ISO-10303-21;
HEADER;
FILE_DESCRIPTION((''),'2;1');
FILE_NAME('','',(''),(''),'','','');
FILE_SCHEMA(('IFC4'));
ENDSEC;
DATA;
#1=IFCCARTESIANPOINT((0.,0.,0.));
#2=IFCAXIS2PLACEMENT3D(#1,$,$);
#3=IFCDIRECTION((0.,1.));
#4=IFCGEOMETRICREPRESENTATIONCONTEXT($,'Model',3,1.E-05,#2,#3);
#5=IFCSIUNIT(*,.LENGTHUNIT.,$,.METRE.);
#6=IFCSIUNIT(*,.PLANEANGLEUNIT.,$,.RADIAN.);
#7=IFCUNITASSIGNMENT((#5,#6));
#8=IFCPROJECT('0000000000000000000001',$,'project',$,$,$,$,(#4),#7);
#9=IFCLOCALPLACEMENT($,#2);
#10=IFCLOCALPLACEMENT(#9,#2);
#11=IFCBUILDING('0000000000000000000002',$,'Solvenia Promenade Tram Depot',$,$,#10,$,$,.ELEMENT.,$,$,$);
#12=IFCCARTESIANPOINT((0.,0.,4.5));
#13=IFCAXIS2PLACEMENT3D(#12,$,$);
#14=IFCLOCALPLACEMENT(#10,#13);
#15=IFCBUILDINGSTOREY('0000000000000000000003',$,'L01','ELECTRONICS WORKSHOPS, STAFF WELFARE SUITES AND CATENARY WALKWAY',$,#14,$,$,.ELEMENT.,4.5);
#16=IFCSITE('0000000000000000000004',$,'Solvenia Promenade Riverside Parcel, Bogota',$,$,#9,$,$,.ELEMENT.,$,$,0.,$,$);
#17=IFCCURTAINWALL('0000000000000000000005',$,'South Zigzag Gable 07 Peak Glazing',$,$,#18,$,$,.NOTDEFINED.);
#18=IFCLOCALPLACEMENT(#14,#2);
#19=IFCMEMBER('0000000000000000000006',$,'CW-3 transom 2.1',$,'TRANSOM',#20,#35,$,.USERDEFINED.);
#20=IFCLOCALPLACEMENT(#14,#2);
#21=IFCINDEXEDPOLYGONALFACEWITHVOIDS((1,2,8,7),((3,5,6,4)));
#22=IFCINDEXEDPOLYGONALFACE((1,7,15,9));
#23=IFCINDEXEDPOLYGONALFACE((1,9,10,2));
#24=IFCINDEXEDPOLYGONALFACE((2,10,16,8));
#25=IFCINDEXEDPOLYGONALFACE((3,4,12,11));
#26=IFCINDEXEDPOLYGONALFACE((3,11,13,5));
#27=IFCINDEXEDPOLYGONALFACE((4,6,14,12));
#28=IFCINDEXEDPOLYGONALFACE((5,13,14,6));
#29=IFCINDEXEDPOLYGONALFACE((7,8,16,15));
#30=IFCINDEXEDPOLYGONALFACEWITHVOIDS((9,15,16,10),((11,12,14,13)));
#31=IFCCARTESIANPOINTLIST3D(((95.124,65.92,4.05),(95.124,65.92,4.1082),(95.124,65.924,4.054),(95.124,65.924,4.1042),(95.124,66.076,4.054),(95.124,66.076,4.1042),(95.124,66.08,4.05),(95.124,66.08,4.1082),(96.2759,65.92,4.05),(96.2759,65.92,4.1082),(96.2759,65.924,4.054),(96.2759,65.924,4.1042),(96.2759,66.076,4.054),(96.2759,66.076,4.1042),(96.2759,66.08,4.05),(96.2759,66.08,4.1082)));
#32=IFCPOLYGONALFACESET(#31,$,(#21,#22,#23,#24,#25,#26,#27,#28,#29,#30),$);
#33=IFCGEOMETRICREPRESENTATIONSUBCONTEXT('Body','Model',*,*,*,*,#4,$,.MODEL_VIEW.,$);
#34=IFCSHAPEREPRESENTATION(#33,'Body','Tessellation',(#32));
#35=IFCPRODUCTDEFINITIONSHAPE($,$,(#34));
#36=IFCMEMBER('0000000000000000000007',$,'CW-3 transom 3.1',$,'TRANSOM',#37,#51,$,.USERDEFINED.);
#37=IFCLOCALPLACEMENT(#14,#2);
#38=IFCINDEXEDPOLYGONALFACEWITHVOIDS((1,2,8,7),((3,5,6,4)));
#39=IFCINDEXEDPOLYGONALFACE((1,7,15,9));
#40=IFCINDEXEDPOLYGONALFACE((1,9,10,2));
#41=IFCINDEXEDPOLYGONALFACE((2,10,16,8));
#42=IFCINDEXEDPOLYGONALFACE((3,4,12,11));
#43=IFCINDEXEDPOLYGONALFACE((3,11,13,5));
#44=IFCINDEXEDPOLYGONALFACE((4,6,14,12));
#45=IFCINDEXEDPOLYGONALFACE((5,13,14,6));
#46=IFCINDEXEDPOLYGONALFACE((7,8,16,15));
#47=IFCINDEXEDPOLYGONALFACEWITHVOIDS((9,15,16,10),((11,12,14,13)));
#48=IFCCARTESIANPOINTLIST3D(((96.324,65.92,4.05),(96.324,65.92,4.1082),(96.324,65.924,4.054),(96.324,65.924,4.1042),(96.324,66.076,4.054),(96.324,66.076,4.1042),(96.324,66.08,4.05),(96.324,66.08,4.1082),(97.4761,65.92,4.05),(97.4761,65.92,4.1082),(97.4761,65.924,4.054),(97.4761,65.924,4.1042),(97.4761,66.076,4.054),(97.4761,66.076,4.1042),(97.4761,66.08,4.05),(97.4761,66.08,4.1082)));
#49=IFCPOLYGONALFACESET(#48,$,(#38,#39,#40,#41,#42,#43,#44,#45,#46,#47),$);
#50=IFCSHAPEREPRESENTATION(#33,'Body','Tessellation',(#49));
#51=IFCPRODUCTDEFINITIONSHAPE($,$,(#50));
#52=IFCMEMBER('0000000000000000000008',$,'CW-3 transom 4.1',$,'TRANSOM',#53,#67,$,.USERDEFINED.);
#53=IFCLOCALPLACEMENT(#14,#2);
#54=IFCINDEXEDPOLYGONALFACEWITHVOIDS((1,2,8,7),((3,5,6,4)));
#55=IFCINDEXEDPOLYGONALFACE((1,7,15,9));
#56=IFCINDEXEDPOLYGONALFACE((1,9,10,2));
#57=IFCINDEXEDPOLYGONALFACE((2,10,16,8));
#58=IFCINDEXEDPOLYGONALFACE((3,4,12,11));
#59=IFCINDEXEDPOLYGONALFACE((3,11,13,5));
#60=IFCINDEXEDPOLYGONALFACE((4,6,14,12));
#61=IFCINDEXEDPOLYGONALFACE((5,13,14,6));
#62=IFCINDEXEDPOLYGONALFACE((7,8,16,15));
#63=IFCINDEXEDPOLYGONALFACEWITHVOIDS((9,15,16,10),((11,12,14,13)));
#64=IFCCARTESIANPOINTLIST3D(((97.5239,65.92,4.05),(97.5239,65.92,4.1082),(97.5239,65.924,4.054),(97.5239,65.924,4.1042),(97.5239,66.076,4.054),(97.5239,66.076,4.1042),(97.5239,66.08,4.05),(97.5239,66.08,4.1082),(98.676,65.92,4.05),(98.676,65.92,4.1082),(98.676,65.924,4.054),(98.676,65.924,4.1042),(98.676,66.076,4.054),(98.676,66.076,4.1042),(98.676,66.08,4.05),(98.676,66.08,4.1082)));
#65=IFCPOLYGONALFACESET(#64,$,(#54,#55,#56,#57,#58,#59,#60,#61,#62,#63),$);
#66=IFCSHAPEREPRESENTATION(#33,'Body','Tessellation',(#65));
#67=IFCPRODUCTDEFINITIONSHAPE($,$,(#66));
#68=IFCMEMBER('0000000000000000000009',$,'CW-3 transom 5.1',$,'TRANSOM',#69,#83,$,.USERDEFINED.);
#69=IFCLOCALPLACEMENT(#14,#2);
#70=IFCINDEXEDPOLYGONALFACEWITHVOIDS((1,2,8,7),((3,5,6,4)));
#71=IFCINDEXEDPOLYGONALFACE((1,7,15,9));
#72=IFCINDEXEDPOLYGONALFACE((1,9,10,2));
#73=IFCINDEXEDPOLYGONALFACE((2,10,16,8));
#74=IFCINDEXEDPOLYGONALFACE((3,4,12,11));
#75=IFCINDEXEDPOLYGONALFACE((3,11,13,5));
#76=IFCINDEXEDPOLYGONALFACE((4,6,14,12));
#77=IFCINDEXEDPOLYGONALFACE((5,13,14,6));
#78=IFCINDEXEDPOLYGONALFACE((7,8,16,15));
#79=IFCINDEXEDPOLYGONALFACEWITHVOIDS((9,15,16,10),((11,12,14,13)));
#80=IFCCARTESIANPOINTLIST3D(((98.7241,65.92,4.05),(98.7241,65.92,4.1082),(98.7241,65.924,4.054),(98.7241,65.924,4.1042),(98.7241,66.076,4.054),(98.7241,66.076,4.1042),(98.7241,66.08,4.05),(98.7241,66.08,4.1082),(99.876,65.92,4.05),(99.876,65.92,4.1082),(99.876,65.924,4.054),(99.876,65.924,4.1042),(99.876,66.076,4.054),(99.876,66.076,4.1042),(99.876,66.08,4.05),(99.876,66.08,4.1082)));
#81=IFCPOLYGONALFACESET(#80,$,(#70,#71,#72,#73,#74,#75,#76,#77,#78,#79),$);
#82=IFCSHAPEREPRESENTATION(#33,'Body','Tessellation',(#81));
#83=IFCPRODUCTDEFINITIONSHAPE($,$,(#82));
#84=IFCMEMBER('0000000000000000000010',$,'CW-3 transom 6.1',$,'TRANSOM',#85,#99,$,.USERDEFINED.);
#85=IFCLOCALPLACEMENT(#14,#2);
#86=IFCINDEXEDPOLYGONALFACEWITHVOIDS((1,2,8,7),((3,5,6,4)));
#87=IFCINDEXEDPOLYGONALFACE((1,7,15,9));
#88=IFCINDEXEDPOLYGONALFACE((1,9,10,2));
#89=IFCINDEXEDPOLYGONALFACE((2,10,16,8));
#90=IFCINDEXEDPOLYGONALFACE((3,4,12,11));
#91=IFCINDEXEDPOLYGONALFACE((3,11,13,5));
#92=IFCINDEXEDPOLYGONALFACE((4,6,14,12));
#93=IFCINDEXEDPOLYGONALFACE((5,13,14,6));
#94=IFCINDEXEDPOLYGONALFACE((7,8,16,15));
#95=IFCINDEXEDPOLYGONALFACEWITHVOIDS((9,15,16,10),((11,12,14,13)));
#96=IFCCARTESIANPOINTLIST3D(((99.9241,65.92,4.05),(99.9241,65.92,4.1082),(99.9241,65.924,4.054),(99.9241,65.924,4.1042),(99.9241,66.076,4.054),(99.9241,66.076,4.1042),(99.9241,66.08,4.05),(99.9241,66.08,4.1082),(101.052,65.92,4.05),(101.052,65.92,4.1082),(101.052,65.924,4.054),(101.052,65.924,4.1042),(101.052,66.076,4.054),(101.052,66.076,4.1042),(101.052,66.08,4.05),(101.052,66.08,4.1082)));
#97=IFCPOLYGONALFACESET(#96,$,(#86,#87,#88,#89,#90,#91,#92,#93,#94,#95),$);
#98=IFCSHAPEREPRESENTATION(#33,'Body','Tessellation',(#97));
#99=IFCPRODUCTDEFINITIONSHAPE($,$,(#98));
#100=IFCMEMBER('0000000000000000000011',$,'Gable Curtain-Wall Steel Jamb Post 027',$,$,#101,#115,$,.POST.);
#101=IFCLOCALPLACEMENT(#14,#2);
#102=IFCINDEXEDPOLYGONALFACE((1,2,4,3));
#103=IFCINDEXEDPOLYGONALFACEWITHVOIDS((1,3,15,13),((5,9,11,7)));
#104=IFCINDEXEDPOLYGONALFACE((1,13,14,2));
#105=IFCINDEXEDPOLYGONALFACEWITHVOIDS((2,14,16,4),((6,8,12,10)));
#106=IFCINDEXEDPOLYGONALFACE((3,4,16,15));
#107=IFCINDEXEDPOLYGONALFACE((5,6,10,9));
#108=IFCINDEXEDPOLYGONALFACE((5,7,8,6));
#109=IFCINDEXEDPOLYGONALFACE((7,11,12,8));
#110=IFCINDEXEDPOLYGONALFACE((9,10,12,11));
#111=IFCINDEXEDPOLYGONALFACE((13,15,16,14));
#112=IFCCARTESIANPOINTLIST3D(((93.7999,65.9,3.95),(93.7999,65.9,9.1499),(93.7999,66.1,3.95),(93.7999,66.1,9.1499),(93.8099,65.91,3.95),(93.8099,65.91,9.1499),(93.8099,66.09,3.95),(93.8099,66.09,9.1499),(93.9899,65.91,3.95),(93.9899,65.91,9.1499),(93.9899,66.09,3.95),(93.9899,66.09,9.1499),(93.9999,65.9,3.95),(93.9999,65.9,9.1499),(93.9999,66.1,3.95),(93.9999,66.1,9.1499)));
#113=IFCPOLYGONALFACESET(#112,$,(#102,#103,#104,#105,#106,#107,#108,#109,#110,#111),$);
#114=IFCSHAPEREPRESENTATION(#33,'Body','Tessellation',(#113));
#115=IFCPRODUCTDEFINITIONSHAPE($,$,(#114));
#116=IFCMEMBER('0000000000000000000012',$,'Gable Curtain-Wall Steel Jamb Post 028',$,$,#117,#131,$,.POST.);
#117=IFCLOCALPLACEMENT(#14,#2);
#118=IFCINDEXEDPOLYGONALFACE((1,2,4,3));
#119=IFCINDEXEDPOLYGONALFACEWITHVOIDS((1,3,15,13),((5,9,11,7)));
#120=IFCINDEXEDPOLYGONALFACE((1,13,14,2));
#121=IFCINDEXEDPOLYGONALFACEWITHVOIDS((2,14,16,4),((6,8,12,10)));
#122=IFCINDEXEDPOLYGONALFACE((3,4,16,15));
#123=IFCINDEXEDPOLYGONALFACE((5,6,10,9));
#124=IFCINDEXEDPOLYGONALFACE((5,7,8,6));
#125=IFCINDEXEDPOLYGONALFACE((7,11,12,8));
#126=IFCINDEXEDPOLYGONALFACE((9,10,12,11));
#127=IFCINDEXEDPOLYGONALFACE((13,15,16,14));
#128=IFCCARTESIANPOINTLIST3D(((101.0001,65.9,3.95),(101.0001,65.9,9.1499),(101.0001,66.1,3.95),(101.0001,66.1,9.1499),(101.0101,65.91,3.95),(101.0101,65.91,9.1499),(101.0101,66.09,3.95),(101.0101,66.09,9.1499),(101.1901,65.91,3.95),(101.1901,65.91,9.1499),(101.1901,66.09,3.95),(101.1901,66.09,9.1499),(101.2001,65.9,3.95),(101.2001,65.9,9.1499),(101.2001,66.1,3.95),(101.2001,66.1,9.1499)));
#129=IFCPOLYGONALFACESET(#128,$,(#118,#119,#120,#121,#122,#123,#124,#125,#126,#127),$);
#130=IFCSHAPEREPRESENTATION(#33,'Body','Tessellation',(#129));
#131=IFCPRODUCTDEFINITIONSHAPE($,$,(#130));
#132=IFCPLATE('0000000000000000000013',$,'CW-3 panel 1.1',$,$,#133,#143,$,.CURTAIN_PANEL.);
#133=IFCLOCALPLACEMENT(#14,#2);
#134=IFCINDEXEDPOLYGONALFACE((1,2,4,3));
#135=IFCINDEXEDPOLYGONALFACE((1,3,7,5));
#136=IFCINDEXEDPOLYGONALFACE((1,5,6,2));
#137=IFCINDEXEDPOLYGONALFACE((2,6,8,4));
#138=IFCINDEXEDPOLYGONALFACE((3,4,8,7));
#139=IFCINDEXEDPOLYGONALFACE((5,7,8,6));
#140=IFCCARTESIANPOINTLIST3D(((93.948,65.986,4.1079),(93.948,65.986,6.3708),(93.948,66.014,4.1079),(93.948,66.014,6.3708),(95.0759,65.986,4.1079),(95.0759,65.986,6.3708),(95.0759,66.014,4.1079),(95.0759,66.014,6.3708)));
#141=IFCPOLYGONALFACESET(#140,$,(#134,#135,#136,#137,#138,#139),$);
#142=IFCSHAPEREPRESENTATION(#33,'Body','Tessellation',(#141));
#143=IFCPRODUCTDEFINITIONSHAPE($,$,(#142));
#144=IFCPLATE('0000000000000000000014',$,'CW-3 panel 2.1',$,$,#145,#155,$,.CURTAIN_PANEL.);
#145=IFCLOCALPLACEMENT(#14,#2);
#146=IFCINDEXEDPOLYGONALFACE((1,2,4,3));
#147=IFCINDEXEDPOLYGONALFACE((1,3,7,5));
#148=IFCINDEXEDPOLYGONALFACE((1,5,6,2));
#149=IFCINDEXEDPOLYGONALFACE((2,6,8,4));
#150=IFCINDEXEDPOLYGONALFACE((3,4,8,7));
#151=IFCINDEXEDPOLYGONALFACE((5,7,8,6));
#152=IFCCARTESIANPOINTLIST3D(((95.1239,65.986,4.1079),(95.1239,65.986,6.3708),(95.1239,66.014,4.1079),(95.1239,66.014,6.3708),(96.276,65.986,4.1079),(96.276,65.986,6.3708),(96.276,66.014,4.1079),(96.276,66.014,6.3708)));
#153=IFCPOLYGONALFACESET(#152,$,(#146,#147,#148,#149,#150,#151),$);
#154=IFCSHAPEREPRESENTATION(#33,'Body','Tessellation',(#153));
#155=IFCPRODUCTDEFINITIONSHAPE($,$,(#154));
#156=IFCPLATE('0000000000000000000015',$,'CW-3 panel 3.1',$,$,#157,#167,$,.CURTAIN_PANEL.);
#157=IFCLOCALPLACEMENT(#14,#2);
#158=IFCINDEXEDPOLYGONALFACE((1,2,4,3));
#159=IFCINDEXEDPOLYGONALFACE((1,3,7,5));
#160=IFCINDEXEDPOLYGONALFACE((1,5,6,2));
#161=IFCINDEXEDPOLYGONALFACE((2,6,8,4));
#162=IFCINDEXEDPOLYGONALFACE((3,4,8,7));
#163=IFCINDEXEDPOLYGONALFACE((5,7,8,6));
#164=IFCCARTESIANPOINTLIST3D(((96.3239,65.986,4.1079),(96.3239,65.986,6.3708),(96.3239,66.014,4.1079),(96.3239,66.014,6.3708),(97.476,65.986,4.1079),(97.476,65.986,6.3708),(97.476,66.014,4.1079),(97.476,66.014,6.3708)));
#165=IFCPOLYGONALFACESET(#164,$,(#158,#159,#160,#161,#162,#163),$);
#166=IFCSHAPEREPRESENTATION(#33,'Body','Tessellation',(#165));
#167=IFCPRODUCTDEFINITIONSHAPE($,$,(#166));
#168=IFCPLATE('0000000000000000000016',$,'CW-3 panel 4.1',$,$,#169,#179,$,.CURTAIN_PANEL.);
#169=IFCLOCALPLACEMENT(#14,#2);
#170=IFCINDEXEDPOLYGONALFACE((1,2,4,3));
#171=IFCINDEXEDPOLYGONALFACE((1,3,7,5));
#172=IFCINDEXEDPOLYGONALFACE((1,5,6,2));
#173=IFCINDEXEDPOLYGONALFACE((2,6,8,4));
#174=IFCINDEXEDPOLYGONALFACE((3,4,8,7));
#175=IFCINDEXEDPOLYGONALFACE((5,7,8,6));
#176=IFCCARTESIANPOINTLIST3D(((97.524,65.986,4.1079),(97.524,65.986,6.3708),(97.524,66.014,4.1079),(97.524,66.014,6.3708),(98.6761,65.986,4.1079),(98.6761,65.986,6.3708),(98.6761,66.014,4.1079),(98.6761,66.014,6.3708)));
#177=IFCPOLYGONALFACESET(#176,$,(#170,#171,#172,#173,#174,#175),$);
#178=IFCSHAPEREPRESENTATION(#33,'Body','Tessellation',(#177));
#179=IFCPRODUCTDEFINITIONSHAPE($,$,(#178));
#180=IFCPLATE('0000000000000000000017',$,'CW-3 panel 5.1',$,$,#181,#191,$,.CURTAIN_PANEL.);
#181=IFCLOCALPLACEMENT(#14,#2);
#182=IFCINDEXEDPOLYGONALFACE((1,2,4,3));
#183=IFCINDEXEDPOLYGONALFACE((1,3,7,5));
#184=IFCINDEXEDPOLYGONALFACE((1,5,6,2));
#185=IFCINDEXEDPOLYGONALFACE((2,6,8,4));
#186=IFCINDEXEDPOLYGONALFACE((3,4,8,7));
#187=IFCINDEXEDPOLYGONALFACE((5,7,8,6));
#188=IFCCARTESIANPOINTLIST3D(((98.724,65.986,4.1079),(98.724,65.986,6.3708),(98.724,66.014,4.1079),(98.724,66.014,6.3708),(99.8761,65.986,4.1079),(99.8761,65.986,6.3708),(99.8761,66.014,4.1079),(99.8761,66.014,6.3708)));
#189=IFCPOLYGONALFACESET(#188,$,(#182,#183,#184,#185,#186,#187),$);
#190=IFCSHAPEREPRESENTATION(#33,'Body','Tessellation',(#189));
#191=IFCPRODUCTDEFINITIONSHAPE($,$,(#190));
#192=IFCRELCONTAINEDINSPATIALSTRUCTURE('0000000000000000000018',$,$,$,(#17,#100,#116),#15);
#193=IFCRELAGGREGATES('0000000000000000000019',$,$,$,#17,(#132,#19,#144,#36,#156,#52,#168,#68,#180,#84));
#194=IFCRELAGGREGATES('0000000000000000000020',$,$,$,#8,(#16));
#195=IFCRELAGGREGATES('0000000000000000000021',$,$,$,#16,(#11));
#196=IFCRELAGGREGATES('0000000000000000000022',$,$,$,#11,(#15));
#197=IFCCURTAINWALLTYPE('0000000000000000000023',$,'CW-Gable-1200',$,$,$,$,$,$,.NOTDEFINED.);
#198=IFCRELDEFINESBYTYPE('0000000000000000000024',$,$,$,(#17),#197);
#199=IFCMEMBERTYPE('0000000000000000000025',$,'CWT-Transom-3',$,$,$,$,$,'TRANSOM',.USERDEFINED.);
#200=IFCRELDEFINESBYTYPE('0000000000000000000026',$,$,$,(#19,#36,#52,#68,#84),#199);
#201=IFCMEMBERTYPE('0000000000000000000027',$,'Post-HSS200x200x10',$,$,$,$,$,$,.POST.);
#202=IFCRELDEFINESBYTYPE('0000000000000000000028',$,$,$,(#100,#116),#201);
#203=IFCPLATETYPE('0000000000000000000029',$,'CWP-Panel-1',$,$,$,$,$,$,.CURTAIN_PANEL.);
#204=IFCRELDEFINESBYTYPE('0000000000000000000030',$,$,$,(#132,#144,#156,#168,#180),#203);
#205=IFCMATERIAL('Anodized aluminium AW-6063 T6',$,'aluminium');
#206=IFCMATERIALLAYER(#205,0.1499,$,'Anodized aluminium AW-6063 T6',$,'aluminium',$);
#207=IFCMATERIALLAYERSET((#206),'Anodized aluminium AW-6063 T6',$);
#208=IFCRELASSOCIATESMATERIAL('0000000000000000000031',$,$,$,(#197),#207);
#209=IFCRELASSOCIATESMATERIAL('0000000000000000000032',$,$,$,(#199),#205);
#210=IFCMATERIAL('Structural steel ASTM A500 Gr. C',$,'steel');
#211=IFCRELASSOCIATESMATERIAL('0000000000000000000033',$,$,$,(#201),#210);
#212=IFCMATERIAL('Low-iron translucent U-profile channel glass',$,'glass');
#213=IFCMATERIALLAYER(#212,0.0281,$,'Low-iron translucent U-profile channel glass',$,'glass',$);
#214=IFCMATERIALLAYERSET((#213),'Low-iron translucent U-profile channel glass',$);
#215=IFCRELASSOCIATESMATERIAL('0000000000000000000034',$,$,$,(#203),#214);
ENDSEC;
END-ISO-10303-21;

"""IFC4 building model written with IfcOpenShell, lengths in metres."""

from ifc_helpers import new_model, si_unit, direction, frame, origin, origin_2d, place, context, subcontext, project, spatial, rectangle, hollow_rectangle, extrude, material, layer, layer_set, material_profile, profile_set, type_object, element, aggregate, save


model = new_model("IFC4")

# Units and contexts
model_context = context("Model", 3, precision=1e-05, world=origin(), true_north=direction((0.0, 1.0)))
body_context = subcontext(model_context, "Body", "Model", "MODEL_VIEW")
ifc_project = project(units=[si_unit("LENGTHUNIT", "METRE"), si_unit("PLANEANGLEUNIT", "RADIAN")], contexts=[model_context])

# Site, building, storey
site_placement = place(None, origin())
site = spatial("IfcSite", under=ifc_project, at=site_placement, Name="Solvenia Promenade Riverside Parcel, Bogota", CompositionType="ELEMENT", RefElevation=0.0)
building_placement = place(site_placement, origin())
building = spatial("IfcBuilding", under=site, at=building_placement, Name="Solvenia Promenade Tram Depot", CompositionType="ELEMENT")
storey_placement = place(building_placement, frame((0.0, 0.0, 4.5)))
storey = spatial("IfcBuildingStorey", under=building, at=storey_placement, Name="L01", Description="ELECTRONICS WORKSHOPS, STAFF WELFARE SUITES AND CATENARY WALKWAY", CompositionType="ELEMENT", Elevation=4.5)

# Curtain wall
ifc_material_1 = material(Name="Anodized aluminium AW-6063 T6", Category="aluminium")
ifc_layer_1 = layer(ifc_material_1, 0.1499, Name="Anodized aluminium AW-6063 T6", Category="aluminium")
ifc_layer_set_1 = layer_set([ifc_layer_1], Name="Anodized aluminium AW-6063 T6")
curtain_wall_type_1 = type_object("IfcCurtainWallType", Name="CW-Gable-1200", PredefinedType="NOTDEFINED", material=ifc_layer_set_1)
curtain_wall_1_placement = place(storey_placement, origin())
curtain_wall_1 = element("IfcCurtainWall", 1, at=curtain_wall_1_placement, inside=storey, type_object=curtain_wall_type_1, Name="South Zigzag Gable 07 Peak Glazing", PredefinedType="NOTDEFINED")

# Members
ifc_material_profile_1 = material_profile(ifc_material_1, hollow_rectangle(XDim=0.1599, YDim=0.0581, WallThickness=0.0039, at=origin_2d()), Name="ALU-T3", Category="aluminium")
ifc_profile_set_1 = profile_set([ifc_material_profile_1], Name="Anodized aluminium AW-6063 T6")
member_type_1 = type_object("IfcMemberType", Name="CWT-Transom-3", ElementType="TRANSOM", PredefinedType="USERDEFINED", material=ifc_profile_set_1)
member_1_placement = place(storey_placement, frame((95.124, 66.0, 4.0791), z_axis=(1.0, 0.0, 0.0), x_axis=(0.0, 1.0, 0.0)))
member_1 = element("IfcMember", 2, at=member_1_placement, type_object=member_type_1, Name="CW-3 transom 2.1", ObjectType="TRANSOM", PredefinedType="USERDEFINED", context=body_context, shape_type="SweptSolid", body=[
    extrude(hollow_rectangle(XDim=0.1599, YDim=0.0581, WallThickness=0.0039, at=origin_2d()), origin(), (0.0, 0.0, 1.0), 1.1519),
])
member_2_placement = place(storey_placement, frame((96.324, 66.0, 4.0791), z_axis=(1.0, 0.0, 0.0), x_axis=(0.0, 1.0, 0.0)))
member_2 = element("IfcMember", 3, at=member_2_placement, type_object=member_type_1, Name="CW-3 transom 3.1", ObjectType="TRANSOM", PredefinedType="USERDEFINED", context=body_context, shape_type="SweptSolid", body=[
    extrude(hollow_rectangle(XDim=0.1599, YDim=0.0581, WallThickness=0.0039, at=origin_2d()), origin(), (0.0, 0.0, 1.0), 1.1521),
])
member_3_placement = place(storey_placement, frame((97.5239, 66.0, 4.0791), z_axis=(1.0, 0.0, 0.0), x_axis=(0.0, 1.0, 0.0)))
member_3 = element("IfcMember", 4, at=member_3_placement, type_object=member_type_1, Name="CW-3 transom 4.1", ObjectType="TRANSOM", PredefinedType="USERDEFINED", context=body_context, shape_type="SweptSolid", body=[
    extrude(hollow_rectangle(XDim=0.1599, YDim=0.0581, WallThickness=0.0039, at=origin_2d()), origin(), (0.0, 0.0, 1.0), 1.1521),
])
member_4_placement = place(storey_placement, frame((98.7241, 66.0, 4.0791), z_axis=(1.0, 0.0, 0.0), x_axis=(0.0, 1.0, 0.0)))
member_4 = element("IfcMember", 5, at=member_4_placement, type_object=member_type_1, Name="CW-3 transom 5.1", ObjectType="TRANSOM", PredefinedType="USERDEFINED", context=body_context, shape_type="SweptSolid", body=[
    extrude(hollow_rectangle(XDim=0.1599, YDim=0.0581, WallThickness=0.0039, at=origin_2d()), origin(), (0.0, 0.0, 1.0), 1.1519),
])
member_5_placement = place(storey_placement, frame((99.9241, 66.0, 4.0791), z_axis=(1.0, 0.0, 0.0), x_axis=(0.0, 1.0, 0.0)))
member_5 = element("IfcMember", 6, at=member_5_placement, type_object=member_type_1, Name="CW-3 transom 6.1", ObjectType="TRANSOM", PredefinedType="USERDEFINED", context=body_context, shape_type="SweptSolid", body=[
    extrude(hollow_rectangle(XDim=0.1599, YDim=0.0581, WallThickness=0.0039, at=origin_2d()), origin(), (0.0, 0.0, 1.0), 1.1279),
])

# Members
ifc_material_2 = material(Name="Structural steel ASTM A500 Gr. C", Category="steel")
ifc_material_profile_2 = material_profile(ifc_material_2, hollow_rectangle(XDim=0.2, YDim=0.2, WallThickness=0.01, at=origin_2d()), Name="HSS200x200x10", Category="steel")
ifc_profile_set_2 = profile_set([ifc_material_profile_2], Name="Structural steel ASTM A500 Gr. C")
member_type_2 = type_object("IfcMemberType", Name="Post-HSS200x200x10", PredefinedType="POST", material=ifc_profile_set_2)
for number, where, z_axis, x_axis, name in (
    (7, (93.8999, 66.0, 3.95), (0.0, 0.0, 1.0), (1.0, 0.0, 0.0), "Gable Curtain-Wall Steel Jamb Post 027"),
    (8, (101.1001, 66.0, 3.95), (0.0, 0.0, 1.0), (1.0, 0.0, 0.0), "Gable Curtain-Wall Steel Jamb Post 028"),
):
    element("IfcMember", number, at=place(storey_placement, frame(where, z_axis=z_axis, x_axis=x_axis)), inside=storey, type_object=member_type_2, Name=name, PredefinedType="POST", context=body_context, shape_type="SweptSolid", body=[
        extrude(hollow_rectangle(XDim=0.2, YDim=0.2, WallThickness=0.01, at=origin_2d()), origin(), (0.0, 0.0, 1.0), 5.2),
    ])

# Plates
ifc_material_3 = material(Name="Low-iron translucent U-profile channel glass", Category="glass")
ifc_layer_2 = layer(ifc_material_3, 0.0281, Name="Low-iron translucent U-profile channel glass", Category="glass")
ifc_layer_set_2 = layer_set([ifc_layer_2], Name="Low-iron translucent U-profile channel glass")
plate_type_1 = type_object("IfcPlateType", Name="CWP-Panel-1", PredefinedType="CURTAIN_PANEL", material=ifc_layer_set_2)
plate_1_placement = place(storey_placement, frame((94.512, 66.0, 4.1079), z_axis=(0.0, 0.0, 1.0), x_axis=(1.0, 0.0, 0.0)))
plate_1 = element("IfcPlate", 9, at=plate_1_placement, type_object=plate_type_1, Name="CW-3 panel 1.1", PredefinedType="CURTAIN_PANEL", context=body_context, shape_type="SweptSolid", body=[
    extrude(rectangle(XDim=1.1279, YDim=0.0281, at=origin_2d()), origin(), (0.0, 0.0, 1.0), 2.2629),
])
plate_2_placement = place(storey_placement, frame((95.7, 66.0, 4.1079), z_axis=(0.0, 0.0, 1.0), x_axis=(1.0, 0.0, 0.0)))
plate_2 = element("IfcPlate", 10, at=plate_2_placement, type_object=plate_type_1, Name="CW-3 panel 2.1", PredefinedType="CURTAIN_PANEL", context=body_context, shape_type="SweptSolid", body=[
    extrude(rectangle(XDim=1.1521, YDim=0.0281, at=origin_2d()), origin(), (0.0, 0.0, 1.0), 2.2629),
])
plate_3_placement = place(storey_placement, frame((96.8999, 66.0, 4.1079), z_axis=(0.0, 0.0, 1.0), x_axis=(1.0, 0.0, 0.0)))
plate_3 = element("IfcPlate", 11, at=plate_3_placement, type_object=plate_type_1, Name="CW-3 panel 3.1", PredefinedType="CURTAIN_PANEL", context=body_context, shape_type="SweptSolid", body=[
    extrude(rectangle(XDim=1.1521, YDim=0.0281, at=origin_2d()), origin(), (0.0, 0.0, 1.0), 2.2629),
])
plate_4_placement = place(storey_placement, frame((98.1001, 66.0, 4.1079), z_axis=(0.0, 0.0, 1.0), x_axis=(1.0, 0.0, 0.0)))
plate_4 = element("IfcPlate", 12, at=plate_4_placement, type_object=plate_type_1, Name="CW-3 panel 4.1", PredefinedType="CURTAIN_PANEL", context=body_context, shape_type="SweptSolid", body=[
    extrude(rectangle(XDim=1.1521, YDim=0.0281, at=origin_2d()), origin(), (0.0, 0.0, 1.0), 2.2629),
])
plate_5_placement = place(storey_placement, frame((99.3, 66.0, 4.1079), z_axis=(0.0, 0.0, 1.0), x_axis=(1.0, 0.0, 0.0)))
plate_5 = element("IfcPlate", 13, at=plate_5_placement, type_object=plate_type_1, Name="CW-3 panel 5.1", PredefinedType="CURTAIN_PANEL", context=body_context, shape_type="SweptSolid", body=[
    extrude(rectangle(XDim=1.1521, YDim=0.0281, at=origin_2d()), origin(), (0.0, 0.0, 1.0), 2.2629),
])
aggregate(curtain_wall_1, [plate_1, member_1, plate_2, member_2, plate_3, member_3, plate_4, member_4, plate_5, member_5])

save(model, "model.ifc")
